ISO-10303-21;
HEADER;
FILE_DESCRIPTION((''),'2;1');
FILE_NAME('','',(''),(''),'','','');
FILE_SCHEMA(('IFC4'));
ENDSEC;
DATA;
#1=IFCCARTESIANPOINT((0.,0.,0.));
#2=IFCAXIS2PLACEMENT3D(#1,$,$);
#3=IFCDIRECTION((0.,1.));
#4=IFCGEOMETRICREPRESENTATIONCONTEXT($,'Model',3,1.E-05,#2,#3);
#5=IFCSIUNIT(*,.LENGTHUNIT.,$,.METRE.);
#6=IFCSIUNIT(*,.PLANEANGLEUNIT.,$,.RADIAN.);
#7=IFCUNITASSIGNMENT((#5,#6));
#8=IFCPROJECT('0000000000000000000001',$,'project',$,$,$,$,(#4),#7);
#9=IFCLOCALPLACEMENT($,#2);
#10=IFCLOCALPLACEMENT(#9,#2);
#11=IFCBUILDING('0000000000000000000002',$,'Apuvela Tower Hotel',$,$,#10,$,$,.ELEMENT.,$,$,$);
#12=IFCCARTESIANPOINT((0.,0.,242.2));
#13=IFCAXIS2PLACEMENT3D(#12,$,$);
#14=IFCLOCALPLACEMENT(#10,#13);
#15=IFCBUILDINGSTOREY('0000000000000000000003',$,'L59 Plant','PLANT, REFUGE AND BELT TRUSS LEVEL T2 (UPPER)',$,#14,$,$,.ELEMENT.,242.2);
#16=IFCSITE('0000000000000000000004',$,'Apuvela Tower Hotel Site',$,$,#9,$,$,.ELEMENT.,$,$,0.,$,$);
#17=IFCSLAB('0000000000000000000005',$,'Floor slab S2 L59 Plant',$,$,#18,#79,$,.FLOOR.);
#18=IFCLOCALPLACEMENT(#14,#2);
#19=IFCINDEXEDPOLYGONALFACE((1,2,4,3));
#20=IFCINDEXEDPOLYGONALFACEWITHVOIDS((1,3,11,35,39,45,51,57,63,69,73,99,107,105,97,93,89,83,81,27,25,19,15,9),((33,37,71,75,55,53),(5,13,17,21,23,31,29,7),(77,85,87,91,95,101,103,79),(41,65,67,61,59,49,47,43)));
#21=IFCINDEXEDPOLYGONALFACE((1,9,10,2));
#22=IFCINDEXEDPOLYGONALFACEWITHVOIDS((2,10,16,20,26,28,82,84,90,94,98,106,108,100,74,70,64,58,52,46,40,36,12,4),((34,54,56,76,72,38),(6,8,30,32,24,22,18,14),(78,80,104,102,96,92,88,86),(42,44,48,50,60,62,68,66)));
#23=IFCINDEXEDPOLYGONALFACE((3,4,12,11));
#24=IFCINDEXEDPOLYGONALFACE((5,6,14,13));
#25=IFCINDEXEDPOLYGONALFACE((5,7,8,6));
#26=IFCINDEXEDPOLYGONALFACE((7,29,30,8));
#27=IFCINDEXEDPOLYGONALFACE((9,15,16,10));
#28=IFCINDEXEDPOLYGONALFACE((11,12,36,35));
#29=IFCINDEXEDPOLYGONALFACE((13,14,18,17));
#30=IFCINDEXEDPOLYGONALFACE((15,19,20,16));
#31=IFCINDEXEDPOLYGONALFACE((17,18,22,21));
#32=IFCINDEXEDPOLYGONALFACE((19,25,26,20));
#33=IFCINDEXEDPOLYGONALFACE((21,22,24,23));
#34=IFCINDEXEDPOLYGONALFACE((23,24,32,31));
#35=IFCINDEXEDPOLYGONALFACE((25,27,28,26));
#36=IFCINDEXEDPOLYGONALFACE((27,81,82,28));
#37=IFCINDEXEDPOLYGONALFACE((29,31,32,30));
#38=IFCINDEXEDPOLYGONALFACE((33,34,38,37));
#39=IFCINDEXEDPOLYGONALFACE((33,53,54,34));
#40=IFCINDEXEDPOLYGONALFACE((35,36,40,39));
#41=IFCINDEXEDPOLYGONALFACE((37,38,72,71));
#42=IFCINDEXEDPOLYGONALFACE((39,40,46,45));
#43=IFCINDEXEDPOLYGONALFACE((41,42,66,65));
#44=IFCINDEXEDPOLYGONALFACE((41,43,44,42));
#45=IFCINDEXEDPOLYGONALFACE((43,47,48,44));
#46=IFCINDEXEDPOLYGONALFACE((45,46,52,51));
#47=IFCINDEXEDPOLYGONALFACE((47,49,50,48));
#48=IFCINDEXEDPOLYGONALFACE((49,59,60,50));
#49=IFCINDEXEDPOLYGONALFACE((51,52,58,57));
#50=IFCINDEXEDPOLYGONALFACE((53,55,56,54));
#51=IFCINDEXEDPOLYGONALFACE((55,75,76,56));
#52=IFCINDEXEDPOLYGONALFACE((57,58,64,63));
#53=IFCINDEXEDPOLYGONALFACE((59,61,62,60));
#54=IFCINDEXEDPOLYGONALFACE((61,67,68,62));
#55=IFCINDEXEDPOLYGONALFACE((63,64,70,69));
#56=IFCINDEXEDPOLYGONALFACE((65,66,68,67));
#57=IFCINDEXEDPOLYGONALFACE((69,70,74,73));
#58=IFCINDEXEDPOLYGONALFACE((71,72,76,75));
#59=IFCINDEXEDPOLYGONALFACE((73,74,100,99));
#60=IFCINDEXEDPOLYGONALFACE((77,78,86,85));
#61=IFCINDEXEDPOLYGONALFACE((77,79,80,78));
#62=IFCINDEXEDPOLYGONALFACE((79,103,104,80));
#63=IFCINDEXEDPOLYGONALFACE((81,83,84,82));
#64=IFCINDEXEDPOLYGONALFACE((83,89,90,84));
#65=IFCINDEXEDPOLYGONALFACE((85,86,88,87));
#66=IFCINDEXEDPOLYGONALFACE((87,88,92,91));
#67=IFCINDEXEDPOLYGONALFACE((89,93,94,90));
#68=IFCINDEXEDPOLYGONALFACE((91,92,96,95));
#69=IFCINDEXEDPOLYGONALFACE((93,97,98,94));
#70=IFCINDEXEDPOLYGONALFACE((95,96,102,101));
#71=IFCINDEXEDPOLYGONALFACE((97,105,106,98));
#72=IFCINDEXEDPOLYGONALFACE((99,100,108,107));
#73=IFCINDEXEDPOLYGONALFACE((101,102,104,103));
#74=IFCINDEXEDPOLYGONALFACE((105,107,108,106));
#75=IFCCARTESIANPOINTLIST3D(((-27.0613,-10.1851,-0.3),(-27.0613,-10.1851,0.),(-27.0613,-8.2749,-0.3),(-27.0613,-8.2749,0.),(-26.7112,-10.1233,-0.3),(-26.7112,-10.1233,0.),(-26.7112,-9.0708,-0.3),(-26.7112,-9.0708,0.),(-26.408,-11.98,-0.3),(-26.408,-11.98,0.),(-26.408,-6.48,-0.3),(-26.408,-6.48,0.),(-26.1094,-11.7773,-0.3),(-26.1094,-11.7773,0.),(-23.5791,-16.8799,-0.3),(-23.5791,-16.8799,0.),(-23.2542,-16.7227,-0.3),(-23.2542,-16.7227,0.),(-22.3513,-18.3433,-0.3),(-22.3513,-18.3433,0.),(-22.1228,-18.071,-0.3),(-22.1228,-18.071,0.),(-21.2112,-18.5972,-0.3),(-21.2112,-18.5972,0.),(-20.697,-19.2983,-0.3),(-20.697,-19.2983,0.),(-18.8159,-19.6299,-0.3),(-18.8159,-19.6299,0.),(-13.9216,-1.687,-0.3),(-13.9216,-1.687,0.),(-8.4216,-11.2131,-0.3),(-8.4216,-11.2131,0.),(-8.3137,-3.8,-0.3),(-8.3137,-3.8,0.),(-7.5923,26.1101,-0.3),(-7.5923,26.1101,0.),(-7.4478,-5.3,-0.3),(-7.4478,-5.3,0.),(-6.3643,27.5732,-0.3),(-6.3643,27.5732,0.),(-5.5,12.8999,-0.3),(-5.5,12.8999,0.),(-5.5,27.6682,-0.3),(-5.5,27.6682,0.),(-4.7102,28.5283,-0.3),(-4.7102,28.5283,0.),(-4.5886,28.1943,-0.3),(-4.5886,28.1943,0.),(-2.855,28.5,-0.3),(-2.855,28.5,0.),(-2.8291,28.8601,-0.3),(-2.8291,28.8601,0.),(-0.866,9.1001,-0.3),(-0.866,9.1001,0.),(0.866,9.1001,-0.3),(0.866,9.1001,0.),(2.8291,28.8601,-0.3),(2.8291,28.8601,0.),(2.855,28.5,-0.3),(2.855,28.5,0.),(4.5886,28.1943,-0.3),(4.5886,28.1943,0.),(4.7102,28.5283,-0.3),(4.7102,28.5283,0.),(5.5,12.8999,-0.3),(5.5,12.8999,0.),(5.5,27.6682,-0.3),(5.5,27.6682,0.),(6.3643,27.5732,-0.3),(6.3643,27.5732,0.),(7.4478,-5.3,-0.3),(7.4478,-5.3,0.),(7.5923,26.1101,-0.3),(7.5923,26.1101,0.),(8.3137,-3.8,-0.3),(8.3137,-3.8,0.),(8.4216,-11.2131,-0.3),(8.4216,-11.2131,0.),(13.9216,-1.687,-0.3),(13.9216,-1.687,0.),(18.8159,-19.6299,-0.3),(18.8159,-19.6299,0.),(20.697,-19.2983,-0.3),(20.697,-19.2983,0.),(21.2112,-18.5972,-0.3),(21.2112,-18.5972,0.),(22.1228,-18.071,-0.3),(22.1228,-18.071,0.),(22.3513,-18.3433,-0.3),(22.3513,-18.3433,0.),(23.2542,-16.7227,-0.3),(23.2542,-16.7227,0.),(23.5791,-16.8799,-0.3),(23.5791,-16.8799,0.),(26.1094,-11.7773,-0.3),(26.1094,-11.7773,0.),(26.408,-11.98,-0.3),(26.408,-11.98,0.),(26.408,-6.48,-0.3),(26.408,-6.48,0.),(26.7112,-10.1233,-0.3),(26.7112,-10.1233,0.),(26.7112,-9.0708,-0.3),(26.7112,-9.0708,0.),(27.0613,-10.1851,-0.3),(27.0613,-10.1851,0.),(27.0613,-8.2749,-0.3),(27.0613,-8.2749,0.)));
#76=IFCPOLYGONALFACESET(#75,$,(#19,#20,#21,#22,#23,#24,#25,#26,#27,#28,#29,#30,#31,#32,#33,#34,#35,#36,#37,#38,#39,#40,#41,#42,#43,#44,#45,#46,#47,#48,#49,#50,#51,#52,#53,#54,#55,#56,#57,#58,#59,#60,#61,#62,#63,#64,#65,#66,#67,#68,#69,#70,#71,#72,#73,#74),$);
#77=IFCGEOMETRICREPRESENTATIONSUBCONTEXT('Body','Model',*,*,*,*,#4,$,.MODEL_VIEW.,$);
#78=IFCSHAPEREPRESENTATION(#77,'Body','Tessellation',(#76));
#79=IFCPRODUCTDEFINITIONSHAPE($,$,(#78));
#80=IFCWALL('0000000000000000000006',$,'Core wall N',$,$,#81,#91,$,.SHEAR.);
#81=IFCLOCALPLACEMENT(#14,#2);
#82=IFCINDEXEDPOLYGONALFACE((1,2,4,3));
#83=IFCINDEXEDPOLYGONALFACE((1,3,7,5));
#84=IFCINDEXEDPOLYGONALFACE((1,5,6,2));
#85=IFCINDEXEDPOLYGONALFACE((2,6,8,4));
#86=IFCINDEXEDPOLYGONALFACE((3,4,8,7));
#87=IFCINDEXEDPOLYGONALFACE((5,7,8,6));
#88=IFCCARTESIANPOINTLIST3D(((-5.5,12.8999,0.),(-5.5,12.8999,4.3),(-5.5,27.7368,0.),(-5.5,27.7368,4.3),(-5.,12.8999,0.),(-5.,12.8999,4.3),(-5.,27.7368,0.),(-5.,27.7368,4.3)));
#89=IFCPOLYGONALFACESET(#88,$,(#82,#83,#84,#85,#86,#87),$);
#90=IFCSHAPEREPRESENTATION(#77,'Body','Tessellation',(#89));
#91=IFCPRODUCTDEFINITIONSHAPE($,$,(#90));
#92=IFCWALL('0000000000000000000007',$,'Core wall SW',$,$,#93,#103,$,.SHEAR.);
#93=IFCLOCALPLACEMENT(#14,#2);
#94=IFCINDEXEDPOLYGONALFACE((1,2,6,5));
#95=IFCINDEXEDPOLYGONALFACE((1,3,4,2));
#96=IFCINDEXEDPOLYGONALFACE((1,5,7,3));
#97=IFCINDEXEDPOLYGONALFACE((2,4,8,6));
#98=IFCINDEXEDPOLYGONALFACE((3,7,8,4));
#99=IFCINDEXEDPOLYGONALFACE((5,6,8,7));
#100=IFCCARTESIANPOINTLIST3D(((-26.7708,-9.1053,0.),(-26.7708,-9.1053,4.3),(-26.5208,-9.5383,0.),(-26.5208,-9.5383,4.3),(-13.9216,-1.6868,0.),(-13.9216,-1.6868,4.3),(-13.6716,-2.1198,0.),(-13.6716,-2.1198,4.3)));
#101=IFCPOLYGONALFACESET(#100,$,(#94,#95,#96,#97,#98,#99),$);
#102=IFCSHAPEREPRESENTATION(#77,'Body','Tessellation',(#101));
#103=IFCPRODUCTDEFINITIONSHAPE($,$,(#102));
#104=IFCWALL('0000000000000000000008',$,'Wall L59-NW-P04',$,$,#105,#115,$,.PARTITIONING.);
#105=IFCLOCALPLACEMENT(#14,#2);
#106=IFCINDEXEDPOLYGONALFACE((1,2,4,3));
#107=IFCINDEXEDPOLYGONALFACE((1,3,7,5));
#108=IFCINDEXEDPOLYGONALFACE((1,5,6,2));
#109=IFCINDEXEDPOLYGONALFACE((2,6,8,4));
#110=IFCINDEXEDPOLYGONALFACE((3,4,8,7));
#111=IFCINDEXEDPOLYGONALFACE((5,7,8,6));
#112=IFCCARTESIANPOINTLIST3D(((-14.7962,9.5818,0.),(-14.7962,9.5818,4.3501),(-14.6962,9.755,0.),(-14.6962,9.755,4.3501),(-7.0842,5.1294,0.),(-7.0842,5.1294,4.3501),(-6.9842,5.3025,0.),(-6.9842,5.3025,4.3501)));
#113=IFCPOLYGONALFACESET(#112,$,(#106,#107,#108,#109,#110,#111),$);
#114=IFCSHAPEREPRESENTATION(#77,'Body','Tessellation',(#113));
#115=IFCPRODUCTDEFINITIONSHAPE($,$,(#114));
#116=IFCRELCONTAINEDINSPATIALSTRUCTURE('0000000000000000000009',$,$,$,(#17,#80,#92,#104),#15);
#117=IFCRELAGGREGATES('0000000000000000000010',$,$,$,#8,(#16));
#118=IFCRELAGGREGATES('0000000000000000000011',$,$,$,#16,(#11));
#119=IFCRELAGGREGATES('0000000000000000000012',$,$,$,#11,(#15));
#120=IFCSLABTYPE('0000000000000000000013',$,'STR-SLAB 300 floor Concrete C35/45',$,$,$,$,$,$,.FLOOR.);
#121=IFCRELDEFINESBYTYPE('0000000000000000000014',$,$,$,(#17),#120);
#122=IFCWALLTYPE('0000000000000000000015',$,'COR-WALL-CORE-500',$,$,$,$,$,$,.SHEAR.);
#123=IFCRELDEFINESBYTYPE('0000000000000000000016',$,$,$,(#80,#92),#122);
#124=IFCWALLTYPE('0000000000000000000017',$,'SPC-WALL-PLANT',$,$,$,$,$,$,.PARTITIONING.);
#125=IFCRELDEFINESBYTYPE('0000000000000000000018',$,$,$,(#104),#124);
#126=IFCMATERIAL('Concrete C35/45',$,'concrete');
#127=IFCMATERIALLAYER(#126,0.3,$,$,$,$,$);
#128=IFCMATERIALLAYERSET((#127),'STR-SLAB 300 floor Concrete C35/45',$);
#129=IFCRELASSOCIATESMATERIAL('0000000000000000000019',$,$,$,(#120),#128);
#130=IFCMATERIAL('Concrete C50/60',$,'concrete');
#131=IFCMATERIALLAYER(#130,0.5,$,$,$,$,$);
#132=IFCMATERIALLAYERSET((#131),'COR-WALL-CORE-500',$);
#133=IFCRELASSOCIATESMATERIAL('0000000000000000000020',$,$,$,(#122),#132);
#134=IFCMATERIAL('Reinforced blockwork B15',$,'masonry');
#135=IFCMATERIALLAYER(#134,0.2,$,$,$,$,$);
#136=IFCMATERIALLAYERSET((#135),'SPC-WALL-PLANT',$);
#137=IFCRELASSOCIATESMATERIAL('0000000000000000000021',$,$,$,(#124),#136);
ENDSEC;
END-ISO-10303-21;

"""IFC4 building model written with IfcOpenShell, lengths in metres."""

from ifc_helpers import new_model, si_unit, direction, frame, frame_2d, origin, place, context, subcontext, project, spatial, polyline, rectangle, outline, extrude, material, layer, layer_set, type_object, element, save


model = new_model("IFC4")

# Units and contexts
model_context = context("Model", 3, precision=1e-05, world=origin(), true_north=direction((0.0, 1.0)))
body_context = subcontext(model_context, "Body", "Model", "MODEL_VIEW")
ifc_project = project(units=[si_unit("LENGTHUNIT", "METRE"), si_unit("PLANEANGLEUNIT", "RADIAN")], contexts=[model_context])

# Site, building, storey
site_placement = place(None, origin())
site = spatial("IfcSite", under=ifc_project, at=site_placement, Name="Apuvela Tower Hotel Site", CompositionType="ELEMENT", RefElevation=0.0)
building_placement = place(site_placement, origin())
building = spatial("IfcBuilding", under=site, at=building_placement, Name="Apuvela Tower Hotel", CompositionType="ELEMENT")
storey_placement = place(building_placement, frame((0.0, 0.0, 242.2)))
storey = spatial("IfcBuildingStorey", under=building, at=storey_placement, Name="L59 Plant", Description="PLANT, REFUGE AND BELT TRUSS LEVEL T2 (UPPER)", CompositionType="ELEMENT", Elevation=242.2)

# Shared definitions
ifc_material_1 = material(Name="Concrete C50/60", Category="concrete")

# Slab
ifc_material_2 = material(Name="Concrete C35/45", Category="concrete")
ifc_layer_1 = layer(ifc_material_2, 0.3)
ifc_layer_set_1 = layer_set([ifc_layer_1], Name="STR-SLAB 300 floor Concrete C35/45")
slab_type_1 = type_object("IfcSlabType", Name="STR-SLAB 300 floor Concrete C35/45", PredefinedType="FLOOR", material=ifc_layer_set_1)
slab_1_placement = place(storey_placement, frame((0.0, 0.0, -0.3)))
element("IfcSlab", 1, at=slab_1_placement, inside=storey, type_object=slab_type_1, Name="Floor slab S2 L59 Plant", PredefinedType="FLOOR", context=body_context, shape_type="SweptSolid", body=[
    extrude(outline(polyline([(7.5923, 26.1101), (6.3643, 27.5732), (4.7102, 28.5283), (2.8291, 28.8601), (-2.8291, 28.8601), (-4.7102, 28.5283), (-6.3643, 27.5732), (-7.5923, 26.1101), (-26.408, -6.48), (-27.0613, -8.2749), (-27.0613, -10.1851), (-26.408, -11.98), (-23.5791, -16.8799), (-22.3513, -18.3433), (-20.697, -19.2983), (-18.8159, -19.6299), (18.8159, -19.6299), (20.697, -19.2983), (22.3513, -18.3433), (23.5791, -16.8799), (26.408, -11.98), (27.0613, -10.1851), (27.0613, -8.2749), (26.408, -6.48), (7.5923, 26.1101)]), holes=[polyline([(0.866, 9.1001), (-0.866, 9.1001), (-8.3137, -3.8), (-7.4478, -5.3), (7.4478, -5.3), (8.3137, -3.8), (0.866, 9.1001)]), polyline([(-5.5, 12.8999), (-5.5, 27.6682), (-4.5886, 28.1943), (-2.855, 28.5), (2.855, 28.5), (4.5886, 28.1943), (5.5, 27.6682), (5.5, 12.8999), (-5.5, 12.8999)]), polyline([(-8.4216, -11.2131), (-21.2112, -18.5972), (-22.1228, -18.071), (-23.2542, -16.7227), (-26.1094, -11.7773), (-26.7112, -10.1233), (-26.7112, -9.0708), (-13.9216, -1.687), (-8.4216, -11.2131)]), polyline([(13.9216, -1.687), (26.7112, -9.0708), (26.7112, -10.1233), (26.1094, -11.7773), (23.2542, -16.7227), (22.1228, -18.071), (21.2112, -18.5972), (8.4216, -11.2131), (13.9216, -1.687)])]), origin(), (0.0, 0.0, 1.0), 0.3),
])

# Walls
ifc_layer_2 = layer(ifc_material_1, 0.5)
ifc_layer_set_2 = layer_set([ifc_layer_2], Name="COR-WALL-CORE-500")
wall_type_1 = type_object("IfcWallType", Name="COR-WALL-CORE-500", PredefinedType="SHEAR", material=ifc_layer_set_2)
for number, where, z_axis, x_axis, name in (
    (2, (-5.25, 12.8999, 0.0), (0.0, 0.0, 1.0), (0.0, 1.0, 0.0), "Core wall N"),
    (3, (-13.7966, -1.9033, 0.0), (0.0, 0.0, 1.0), (-0.866025, -0.500001, 0.0), "Core wall SW"),
):
    element("IfcWall", number, at=place(storey_placement, frame(where, z_axis=z_axis, x_axis=x_axis)), inside=storey, type_object=wall_type_1, Name=name, PredefinedType="SHEAR", context=body_context, shape_type="SweptSolid", body=[
        extrude(rectangle(XDim=14.8369, YDim=0.5, at=frame_2d((7.4185, 0.0))), origin(), (0.0, 0.0, 1.0), 4.3),
    ])
ifc_material_3 = material(Name="Reinforced blockwork B15", Category="masonry")
ifc_layer_3 = layer(ifc_material_3, 0.2)
ifc_layer_set_3 = layer_set([ifc_layer_3], Name="SPC-WALL-PLANT")
wall_type_2 = type_object("IfcWallType", Name="SPC-WALL-PLANT", PredefinedType="PARTITIONING", material=ifc_layer_set_3)
wall_1_placement = place(storey_placement, frame((-14.7463, 9.6685, 0.0), z_axis=(0.0, 0.0, 1.0), x_axis=(0.866029, -0.499993, 0.0)))
element("IfcWall", 4, at=wall_1_placement, inside=storey, type_object=wall_type_2, Name="Wall L59-NW-P04", PredefinedType="PARTITIONING", context=body_context, shape_type="SweptSolid", body=[
    extrude(rectangle(XDim=8.905, YDim=0.2, at=frame_2d((4.4526, 0.0))), origin(), (0.0, 0.0, 1.0), 4.3501),
])

save(model, "model.ifc")
